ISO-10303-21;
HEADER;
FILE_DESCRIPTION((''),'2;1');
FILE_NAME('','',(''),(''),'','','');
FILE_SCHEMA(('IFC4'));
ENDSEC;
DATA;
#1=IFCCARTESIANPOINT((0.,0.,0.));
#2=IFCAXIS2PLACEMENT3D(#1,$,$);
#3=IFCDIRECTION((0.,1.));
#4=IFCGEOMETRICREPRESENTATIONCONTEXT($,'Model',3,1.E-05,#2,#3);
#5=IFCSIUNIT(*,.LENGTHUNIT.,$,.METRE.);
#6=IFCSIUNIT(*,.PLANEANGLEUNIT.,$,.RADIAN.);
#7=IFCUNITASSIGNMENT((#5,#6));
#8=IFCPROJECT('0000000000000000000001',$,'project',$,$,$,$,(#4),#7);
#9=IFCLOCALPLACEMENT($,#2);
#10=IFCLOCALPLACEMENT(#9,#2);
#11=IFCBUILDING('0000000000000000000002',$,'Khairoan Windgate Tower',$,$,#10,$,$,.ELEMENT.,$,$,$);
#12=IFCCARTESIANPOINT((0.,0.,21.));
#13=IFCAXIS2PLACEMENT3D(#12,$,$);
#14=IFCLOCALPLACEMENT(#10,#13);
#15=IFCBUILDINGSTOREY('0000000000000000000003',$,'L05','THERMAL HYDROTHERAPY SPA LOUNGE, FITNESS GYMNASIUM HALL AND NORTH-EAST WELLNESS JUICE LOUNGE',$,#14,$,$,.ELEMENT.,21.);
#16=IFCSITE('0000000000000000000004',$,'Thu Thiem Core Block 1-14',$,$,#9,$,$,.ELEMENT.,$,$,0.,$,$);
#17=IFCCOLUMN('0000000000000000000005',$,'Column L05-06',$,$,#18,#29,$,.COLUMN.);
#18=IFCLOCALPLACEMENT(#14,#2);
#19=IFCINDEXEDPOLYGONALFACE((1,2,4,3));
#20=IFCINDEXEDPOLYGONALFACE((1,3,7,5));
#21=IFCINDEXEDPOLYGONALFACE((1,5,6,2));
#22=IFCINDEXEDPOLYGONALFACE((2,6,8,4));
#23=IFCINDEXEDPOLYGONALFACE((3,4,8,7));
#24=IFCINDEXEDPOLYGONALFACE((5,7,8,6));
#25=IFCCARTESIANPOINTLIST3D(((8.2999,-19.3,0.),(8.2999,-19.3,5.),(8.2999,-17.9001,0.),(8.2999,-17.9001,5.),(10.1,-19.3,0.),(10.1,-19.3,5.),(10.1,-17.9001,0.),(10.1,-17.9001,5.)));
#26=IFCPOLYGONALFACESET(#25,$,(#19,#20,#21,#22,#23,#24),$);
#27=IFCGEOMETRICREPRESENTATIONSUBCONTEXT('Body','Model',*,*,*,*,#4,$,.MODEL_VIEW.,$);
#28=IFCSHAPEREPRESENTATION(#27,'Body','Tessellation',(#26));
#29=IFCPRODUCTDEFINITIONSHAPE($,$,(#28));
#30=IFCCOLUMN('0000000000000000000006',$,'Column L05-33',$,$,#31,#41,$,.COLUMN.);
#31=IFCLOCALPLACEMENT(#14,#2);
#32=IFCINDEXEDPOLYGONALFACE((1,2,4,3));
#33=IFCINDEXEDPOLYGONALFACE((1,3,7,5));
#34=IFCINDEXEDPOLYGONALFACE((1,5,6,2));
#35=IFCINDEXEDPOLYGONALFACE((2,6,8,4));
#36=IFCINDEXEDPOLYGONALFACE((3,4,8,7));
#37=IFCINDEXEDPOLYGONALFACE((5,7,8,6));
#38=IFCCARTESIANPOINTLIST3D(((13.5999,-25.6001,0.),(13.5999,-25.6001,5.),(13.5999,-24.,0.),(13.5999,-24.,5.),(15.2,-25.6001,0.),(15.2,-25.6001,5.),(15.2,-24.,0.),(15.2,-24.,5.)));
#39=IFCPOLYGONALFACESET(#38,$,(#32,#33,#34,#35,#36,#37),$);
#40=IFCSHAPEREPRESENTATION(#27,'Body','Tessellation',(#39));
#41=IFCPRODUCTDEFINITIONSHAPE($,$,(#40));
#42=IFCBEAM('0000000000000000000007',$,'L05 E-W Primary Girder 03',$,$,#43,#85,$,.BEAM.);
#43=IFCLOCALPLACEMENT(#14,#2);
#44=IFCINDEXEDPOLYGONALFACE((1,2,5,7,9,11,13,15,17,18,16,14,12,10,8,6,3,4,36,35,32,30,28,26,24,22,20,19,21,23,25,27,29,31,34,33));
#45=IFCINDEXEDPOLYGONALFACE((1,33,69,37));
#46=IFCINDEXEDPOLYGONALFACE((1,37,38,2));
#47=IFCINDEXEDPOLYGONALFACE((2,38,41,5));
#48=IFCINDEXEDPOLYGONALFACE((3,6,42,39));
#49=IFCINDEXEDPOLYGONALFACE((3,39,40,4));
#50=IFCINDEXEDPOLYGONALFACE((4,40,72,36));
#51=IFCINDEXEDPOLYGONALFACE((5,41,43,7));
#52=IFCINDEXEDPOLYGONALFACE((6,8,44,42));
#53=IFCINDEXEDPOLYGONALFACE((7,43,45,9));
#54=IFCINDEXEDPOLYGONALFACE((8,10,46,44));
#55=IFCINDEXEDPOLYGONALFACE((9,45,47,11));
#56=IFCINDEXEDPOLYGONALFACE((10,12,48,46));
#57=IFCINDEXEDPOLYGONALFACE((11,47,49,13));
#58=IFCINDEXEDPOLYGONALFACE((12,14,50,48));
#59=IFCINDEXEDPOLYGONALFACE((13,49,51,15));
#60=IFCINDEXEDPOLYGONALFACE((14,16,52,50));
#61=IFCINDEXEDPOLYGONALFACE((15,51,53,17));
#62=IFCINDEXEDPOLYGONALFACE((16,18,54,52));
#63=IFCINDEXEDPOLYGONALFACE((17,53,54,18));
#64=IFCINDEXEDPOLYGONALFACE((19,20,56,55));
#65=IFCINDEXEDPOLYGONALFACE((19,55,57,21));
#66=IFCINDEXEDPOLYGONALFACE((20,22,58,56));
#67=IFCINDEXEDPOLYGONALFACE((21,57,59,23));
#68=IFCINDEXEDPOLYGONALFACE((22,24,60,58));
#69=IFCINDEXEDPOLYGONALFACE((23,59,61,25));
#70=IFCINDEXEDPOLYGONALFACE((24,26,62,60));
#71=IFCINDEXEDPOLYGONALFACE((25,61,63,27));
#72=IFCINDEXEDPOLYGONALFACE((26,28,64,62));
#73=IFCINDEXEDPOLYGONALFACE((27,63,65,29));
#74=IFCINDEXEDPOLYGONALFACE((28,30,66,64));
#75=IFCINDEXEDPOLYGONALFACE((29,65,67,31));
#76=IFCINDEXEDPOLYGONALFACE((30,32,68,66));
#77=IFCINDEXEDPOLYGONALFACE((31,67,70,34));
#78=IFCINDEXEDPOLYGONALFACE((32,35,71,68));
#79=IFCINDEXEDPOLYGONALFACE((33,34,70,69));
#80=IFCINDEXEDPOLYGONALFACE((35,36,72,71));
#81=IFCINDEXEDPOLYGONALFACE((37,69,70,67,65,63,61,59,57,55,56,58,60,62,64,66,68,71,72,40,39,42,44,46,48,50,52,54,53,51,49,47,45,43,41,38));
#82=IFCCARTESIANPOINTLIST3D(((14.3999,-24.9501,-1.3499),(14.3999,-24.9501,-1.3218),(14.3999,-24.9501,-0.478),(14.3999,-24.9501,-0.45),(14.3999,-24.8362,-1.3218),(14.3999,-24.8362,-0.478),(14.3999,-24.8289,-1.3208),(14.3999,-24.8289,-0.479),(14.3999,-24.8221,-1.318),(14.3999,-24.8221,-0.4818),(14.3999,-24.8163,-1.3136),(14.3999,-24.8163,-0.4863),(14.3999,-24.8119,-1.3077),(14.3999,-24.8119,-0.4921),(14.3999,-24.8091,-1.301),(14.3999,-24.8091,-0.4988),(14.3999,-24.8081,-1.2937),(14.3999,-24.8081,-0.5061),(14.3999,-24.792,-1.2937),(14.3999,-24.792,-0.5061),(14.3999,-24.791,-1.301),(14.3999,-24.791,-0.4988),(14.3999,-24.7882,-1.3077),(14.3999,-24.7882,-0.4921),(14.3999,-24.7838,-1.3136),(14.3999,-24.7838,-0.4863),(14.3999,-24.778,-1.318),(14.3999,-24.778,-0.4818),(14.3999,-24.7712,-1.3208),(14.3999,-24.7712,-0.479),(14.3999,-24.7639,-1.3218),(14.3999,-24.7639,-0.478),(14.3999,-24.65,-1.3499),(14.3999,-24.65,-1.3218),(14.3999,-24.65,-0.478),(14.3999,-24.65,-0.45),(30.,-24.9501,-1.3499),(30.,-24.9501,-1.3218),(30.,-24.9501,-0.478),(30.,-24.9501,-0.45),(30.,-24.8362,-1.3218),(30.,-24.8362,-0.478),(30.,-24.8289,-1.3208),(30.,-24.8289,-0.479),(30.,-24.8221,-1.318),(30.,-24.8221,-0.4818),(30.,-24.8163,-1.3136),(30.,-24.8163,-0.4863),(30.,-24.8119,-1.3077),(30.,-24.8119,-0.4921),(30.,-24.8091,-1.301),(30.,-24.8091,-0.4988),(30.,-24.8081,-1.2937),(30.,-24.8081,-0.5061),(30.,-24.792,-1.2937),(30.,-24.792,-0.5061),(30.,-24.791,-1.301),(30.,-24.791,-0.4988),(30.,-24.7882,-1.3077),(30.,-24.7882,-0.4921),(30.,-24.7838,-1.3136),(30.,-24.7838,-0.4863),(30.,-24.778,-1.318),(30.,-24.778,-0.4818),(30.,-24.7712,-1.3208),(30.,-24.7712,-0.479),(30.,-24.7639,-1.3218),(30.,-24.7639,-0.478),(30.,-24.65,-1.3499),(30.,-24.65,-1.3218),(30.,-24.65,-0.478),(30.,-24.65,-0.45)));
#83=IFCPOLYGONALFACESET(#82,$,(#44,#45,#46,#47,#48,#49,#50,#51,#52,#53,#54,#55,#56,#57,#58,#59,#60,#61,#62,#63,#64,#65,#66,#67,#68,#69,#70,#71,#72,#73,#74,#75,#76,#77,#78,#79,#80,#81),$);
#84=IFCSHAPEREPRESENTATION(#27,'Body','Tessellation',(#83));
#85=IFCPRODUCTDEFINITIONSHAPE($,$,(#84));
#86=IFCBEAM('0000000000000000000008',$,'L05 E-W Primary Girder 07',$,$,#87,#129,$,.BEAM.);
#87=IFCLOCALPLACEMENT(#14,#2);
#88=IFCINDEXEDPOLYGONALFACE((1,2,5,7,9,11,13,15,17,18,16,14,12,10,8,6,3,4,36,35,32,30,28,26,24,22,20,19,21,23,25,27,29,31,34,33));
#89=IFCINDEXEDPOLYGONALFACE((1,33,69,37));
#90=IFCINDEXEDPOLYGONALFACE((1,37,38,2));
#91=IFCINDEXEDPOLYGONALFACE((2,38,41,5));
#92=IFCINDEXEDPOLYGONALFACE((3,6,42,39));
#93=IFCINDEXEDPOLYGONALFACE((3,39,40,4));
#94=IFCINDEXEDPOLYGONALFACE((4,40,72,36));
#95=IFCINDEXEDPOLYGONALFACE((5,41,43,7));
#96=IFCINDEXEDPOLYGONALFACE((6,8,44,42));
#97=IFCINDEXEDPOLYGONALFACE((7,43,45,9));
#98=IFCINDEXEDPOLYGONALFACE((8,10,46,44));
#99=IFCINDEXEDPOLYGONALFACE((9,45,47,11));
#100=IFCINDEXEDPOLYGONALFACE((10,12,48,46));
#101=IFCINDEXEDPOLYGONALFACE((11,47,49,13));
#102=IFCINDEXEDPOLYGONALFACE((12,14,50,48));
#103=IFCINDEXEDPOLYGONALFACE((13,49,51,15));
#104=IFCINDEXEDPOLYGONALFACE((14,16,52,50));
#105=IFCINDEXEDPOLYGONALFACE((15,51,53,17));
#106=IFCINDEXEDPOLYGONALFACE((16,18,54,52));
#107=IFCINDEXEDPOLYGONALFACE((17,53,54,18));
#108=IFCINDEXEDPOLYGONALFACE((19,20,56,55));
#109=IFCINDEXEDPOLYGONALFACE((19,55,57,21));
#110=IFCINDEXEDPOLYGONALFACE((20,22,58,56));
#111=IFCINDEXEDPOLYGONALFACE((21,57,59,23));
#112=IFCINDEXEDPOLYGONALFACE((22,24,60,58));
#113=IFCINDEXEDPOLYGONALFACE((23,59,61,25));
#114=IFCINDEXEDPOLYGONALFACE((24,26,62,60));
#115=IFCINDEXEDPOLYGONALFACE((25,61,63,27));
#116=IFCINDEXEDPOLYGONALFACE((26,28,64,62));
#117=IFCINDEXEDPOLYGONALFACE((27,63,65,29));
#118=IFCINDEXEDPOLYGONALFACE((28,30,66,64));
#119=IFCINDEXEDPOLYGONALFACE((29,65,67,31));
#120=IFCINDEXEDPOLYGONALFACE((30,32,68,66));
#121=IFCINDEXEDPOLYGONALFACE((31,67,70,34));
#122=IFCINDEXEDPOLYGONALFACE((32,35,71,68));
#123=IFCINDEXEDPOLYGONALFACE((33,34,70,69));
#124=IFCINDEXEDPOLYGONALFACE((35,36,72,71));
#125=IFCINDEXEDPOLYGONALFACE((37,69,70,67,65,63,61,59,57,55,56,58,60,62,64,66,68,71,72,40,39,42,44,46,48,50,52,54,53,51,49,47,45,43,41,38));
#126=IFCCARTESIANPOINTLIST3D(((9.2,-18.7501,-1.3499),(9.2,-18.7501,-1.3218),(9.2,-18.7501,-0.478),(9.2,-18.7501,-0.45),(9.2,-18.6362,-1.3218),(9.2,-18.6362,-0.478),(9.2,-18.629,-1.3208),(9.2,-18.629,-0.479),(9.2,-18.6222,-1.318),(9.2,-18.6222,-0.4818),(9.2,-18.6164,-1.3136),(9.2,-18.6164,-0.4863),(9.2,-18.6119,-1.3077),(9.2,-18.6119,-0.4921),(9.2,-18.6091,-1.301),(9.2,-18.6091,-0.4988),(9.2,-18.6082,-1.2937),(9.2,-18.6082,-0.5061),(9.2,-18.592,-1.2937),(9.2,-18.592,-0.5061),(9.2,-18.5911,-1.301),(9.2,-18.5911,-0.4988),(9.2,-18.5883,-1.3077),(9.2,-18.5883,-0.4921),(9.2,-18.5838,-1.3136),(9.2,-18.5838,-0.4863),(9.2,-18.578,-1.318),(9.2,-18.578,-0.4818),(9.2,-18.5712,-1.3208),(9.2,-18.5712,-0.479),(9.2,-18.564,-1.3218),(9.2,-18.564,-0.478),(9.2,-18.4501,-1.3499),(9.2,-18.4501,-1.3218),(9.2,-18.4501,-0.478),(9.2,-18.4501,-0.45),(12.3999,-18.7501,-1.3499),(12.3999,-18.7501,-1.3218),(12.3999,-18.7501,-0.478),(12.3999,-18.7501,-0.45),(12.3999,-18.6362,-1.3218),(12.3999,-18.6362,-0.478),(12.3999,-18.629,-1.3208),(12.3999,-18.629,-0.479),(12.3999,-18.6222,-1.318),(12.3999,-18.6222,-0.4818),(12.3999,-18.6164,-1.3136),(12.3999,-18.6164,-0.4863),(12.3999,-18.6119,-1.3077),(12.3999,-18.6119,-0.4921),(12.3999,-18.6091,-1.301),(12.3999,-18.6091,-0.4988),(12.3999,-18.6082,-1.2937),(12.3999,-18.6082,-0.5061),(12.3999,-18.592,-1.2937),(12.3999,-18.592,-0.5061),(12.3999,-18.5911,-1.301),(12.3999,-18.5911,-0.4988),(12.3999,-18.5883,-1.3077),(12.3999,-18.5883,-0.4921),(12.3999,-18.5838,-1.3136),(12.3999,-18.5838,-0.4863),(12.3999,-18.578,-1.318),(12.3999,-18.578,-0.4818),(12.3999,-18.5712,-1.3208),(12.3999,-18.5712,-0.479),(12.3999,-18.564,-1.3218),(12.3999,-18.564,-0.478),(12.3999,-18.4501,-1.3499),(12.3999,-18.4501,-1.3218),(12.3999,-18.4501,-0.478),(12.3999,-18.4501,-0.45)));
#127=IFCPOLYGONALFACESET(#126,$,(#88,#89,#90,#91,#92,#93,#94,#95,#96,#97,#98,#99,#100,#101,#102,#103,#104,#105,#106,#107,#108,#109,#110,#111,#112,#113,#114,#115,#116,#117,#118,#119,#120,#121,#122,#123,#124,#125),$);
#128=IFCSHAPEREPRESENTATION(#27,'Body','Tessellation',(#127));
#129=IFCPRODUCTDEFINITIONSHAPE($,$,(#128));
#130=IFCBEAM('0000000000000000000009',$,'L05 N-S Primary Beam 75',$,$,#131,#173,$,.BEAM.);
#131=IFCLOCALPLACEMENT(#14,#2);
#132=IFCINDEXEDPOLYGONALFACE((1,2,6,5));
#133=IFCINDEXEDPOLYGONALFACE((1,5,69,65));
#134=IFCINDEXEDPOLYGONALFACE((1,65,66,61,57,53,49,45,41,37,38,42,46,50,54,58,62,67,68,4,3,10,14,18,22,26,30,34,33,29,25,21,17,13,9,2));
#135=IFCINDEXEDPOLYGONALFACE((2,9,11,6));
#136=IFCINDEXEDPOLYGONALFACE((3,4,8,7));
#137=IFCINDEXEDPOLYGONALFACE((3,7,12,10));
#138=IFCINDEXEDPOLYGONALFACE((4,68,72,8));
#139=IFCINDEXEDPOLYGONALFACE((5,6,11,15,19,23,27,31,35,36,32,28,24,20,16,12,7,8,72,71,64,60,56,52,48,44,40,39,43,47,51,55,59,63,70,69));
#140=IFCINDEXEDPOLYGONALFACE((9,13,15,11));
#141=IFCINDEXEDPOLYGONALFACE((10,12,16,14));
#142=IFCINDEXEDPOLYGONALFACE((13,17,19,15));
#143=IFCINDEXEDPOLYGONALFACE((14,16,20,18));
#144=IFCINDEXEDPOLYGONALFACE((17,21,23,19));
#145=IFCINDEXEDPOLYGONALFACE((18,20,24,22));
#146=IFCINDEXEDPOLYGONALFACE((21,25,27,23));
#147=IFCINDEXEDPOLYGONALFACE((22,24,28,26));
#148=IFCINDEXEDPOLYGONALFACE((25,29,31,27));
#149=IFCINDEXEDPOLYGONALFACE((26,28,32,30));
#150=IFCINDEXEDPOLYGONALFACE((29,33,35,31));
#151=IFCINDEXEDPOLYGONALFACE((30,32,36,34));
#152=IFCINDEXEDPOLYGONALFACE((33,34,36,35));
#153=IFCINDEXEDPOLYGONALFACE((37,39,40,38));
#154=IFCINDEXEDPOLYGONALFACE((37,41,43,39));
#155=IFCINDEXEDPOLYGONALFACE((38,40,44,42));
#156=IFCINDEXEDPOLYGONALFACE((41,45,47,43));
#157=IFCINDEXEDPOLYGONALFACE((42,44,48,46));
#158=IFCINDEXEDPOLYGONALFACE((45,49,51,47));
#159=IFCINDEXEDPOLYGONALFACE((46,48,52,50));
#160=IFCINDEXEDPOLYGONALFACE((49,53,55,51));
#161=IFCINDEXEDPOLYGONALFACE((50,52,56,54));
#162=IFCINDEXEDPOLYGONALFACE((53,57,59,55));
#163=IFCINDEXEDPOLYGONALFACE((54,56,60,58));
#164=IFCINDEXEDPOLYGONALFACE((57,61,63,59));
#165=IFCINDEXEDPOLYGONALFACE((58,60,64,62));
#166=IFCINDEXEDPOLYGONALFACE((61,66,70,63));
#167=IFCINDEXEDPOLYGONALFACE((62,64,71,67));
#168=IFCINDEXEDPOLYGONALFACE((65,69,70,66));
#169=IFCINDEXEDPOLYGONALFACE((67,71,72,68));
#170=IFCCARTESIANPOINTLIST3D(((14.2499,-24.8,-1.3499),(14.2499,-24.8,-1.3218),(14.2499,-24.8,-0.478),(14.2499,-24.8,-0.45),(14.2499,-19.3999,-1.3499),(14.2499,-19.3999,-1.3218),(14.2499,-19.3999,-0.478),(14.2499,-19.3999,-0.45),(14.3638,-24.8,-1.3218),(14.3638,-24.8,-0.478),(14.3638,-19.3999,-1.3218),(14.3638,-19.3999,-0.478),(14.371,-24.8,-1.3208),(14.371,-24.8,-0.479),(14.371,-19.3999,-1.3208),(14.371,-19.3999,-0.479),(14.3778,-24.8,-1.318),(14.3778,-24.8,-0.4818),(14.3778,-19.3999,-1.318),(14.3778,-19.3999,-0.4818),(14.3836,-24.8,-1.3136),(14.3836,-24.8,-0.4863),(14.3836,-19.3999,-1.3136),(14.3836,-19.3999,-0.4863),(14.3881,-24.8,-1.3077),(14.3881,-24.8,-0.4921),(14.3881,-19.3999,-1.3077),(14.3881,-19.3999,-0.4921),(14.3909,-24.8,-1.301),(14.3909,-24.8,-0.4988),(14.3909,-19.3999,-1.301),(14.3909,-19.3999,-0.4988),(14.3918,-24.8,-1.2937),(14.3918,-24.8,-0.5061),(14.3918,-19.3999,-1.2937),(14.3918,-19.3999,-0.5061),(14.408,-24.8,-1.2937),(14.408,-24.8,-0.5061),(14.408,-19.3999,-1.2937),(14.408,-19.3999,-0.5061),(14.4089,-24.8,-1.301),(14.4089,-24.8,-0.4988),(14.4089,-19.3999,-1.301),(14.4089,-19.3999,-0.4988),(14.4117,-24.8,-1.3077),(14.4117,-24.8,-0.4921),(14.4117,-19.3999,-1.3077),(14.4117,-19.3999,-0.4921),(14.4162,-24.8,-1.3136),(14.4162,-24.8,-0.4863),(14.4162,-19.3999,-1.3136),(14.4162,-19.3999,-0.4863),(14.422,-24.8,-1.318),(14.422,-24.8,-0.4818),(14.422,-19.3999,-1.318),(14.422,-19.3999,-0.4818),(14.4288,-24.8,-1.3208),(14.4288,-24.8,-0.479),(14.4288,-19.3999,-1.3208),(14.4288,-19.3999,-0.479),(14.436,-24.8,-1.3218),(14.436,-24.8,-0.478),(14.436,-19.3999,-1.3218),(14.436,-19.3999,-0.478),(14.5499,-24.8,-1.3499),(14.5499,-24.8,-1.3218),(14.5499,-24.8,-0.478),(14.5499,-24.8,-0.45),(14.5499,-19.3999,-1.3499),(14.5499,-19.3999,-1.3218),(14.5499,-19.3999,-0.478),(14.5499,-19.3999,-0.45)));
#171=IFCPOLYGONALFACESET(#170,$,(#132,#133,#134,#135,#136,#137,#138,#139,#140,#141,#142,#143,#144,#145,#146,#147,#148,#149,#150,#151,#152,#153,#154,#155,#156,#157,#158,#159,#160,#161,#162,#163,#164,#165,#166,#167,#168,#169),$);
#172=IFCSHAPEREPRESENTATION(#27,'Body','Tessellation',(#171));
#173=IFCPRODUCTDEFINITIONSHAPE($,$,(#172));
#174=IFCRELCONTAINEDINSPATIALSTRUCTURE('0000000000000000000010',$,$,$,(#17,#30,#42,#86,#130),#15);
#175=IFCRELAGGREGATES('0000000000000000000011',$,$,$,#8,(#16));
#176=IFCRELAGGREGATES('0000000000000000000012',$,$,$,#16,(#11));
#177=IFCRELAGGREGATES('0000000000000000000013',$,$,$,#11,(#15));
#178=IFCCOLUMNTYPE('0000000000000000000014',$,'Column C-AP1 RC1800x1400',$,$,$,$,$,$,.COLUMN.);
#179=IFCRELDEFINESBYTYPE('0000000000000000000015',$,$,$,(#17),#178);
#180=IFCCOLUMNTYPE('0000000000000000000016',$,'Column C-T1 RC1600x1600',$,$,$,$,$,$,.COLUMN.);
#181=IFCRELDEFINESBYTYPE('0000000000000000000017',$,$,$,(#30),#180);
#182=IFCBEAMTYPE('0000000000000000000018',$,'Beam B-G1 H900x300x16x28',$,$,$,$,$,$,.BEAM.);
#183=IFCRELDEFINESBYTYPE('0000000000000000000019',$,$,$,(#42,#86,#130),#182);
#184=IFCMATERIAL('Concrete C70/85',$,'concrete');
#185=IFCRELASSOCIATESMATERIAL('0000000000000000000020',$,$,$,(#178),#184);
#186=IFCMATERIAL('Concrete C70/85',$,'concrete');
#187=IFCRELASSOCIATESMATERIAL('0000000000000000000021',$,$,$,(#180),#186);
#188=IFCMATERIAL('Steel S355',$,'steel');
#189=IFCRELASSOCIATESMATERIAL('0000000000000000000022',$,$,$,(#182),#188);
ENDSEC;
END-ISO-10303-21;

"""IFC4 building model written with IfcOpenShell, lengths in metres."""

from ifc_helpers import new_model, si_unit, direction, frame, origin, origin_2d, place, context, subcontext, project, spatial, rectangle, i_section, extrude, material, material_profile, profile_set, type_object, element, save


model = new_model("IFC4")

# Units and contexts
model_context = context("Model", 3, precision=1e-05, world=origin(), true_north=direction((0.0, 1.0)))
body_context = subcontext(model_context, "Body", "Model", "MODEL_VIEW")
ifc_project = project(units=[si_unit("LENGTHUNIT", "METRE"), si_unit("PLANEANGLEUNIT", "RADIAN")], contexts=[model_context])

# Site, building, storey
site_placement = place(None, origin())
site = spatial("IfcSite", under=ifc_project, at=site_placement, Name="Thu Thiem Core Block 1-14", CompositionType="ELEMENT", RefElevation=0.0)
building_placement = place(site_placement, origin())
building = spatial("IfcBuilding", under=site, at=building_placement, Name="Khairoan Windgate Tower", CompositionType="ELEMENT")
storey_placement = place(building_placement, frame((0.0, 0.0, 21.0)))
storey = spatial("IfcBuildingStorey", under=building, at=storey_placement, Name="L05", Description="THERMAL HYDROTHERAPY SPA LOUNGE, FITNESS GYMNASIUM HALL AND NORTH-EAST WELLNESS JUICE LOUNGE", CompositionType="ELEMENT", Elevation=21.0)

# Columns
ifc_material_1 = material(Name="Concrete C70/85", Category="concrete")
ifc_material_profile_1 = material_profile(ifc_material_1, rectangle(XDim=1.8, YDim=1.3999, at=origin_2d()))
ifc_profile_set_1 = profile_set([ifc_material_profile_1], Name="Concrete C70/85")
column_type_1 = type_object("IfcColumnType", Name="Column C-AP1 RC1800x1400", PredefinedType="COLUMN", material=ifc_profile_set_1)
column_1_placement = place(storey_placement, frame((9.2, -18.6001, 0.0), z_axis=(0.0, 0.0, 1.0), x_axis=(1.0, 0.0, 0.0)))
element("IfcColumn", 1, at=column_1_placement, inside=storey, type_object=column_type_1, Name="Column L05-06", PredefinedType="COLUMN", context=body_context, shape_type="SweptSolid", body=[
    extrude(rectangle(XDim=1.8, YDim=1.3999, at=origin_2d()), origin(), (0.0, 0.0, 1.0), 5.0),
])
ifc_material_2 = material(Name="Concrete C70/85", Category="concrete")
ifc_material_profile_2 = material_profile(ifc_material_2, rectangle(XDim=1.6001, YDim=1.6001, at=origin_2d()))
ifc_profile_set_2 = profile_set([ifc_material_profile_2], Name="Concrete C70/85")
column_type_2 = type_object("IfcColumnType", Name="Column C-T1 RC1600x1600", PredefinedType="COLUMN", material=ifc_profile_set_2)
column_2_placement = place(storey_placement, frame((14.3999, -24.8, 0.0), z_axis=(0.0, 0.0, 1.0), x_axis=(1.0, 0.0, 0.0)))
element("IfcColumn", 2, at=column_2_placement, inside=storey, type_object=column_type_2, Name="Column L05-33", PredefinedType="COLUMN", context=body_context, shape_type="SweptSolid", body=[
    extrude(rectangle(XDim=1.6001, YDim=1.6001, at=origin_2d()), origin(), (0.0, 0.0, 1.0), 5.0),
])

# Beams
ifc_material_3 = material(Name="Steel S355", Category="steel")
ifc_material_profile_3 = material_profile(ifc_material_3, i_section(OverallWidth=0.3, OverallDepth=0.8999, WebThickness=0.0161, FlangeThickness=0.0281, FilletRadius=0.0281, at=origin_2d()))
ifc_profile_set_3 = profile_set([ifc_material_profile_3], Name="Steel S355")
beam_type = type_object("IfcBeamType", Name="Beam B-G1 H900x300x16x28", PredefinedType="BEAM", material=ifc_profile_set_3)
beam_1_placement = place(storey_placement, frame((14.3999, -24.8, -0.8999), z_axis=(1.0, 0.0, 0.0), x_axis=(0.0, 1.0, 0.0)))
element("IfcBeam", 3, at=beam_1_placement, inside=storey, type_object=beam_type, Name="L05 E-W Primary Girder 03", PredefinedType="BEAM", context=body_context, shape_type="SweptSolid", body=[
    extrude(i_section(OverallWidth=0.3, OverallDepth=0.8999, WebThickness=0.0161, FlangeThickness=0.0281, FilletRadius=0.0281, at=origin_2d()), origin(), (0.0, 0.0, 1.0), 15.6001),
])
beam_2_placement = place(storey_placement, frame((9.2, -18.6001, -0.8999), z_axis=(1.0, 0.0, 0.0), x_axis=(0.0, 1.0, 0.0)))
element("IfcBeam", 4, at=beam_2_placement, inside=storey, type_object=beam_type, Name="L05 E-W Primary Girder 07", PredefinedType="BEAM", context=body_context, shape_type="SweptSolid", body=[
    extrude(i_section(OverallWidth=0.3, OverallDepth=0.8999, WebThickness=0.0161, FlangeThickness=0.0281, FilletRadius=0.0281, at=origin_2d()), origin(), (0.0, 0.0, 1.0), 3.2),
])
beam_3_placement = place(storey_placement, frame((14.3999, -24.8, -0.8999), z_axis=(0.0, 1.0, 0.0), x_axis=(-1.0, 0.0, 0.0)))
element("IfcBeam", 5, at=beam_3_placement, inside=storey, type_object=beam_type, Name="L05 N-S Primary Beam 75", PredefinedType="BEAM", context=body_context, shape_type="SweptSolid", body=[
    extrude(i_section(OverallWidth=0.3, OverallDepth=0.8999, WebThickness=0.0161, FlangeThickness=0.0281, FilletRadius=0.0281, at=origin_2d()), origin(), (0.0, 0.0, 1.0), 5.4001),
])

save(model, "model.ifc")
